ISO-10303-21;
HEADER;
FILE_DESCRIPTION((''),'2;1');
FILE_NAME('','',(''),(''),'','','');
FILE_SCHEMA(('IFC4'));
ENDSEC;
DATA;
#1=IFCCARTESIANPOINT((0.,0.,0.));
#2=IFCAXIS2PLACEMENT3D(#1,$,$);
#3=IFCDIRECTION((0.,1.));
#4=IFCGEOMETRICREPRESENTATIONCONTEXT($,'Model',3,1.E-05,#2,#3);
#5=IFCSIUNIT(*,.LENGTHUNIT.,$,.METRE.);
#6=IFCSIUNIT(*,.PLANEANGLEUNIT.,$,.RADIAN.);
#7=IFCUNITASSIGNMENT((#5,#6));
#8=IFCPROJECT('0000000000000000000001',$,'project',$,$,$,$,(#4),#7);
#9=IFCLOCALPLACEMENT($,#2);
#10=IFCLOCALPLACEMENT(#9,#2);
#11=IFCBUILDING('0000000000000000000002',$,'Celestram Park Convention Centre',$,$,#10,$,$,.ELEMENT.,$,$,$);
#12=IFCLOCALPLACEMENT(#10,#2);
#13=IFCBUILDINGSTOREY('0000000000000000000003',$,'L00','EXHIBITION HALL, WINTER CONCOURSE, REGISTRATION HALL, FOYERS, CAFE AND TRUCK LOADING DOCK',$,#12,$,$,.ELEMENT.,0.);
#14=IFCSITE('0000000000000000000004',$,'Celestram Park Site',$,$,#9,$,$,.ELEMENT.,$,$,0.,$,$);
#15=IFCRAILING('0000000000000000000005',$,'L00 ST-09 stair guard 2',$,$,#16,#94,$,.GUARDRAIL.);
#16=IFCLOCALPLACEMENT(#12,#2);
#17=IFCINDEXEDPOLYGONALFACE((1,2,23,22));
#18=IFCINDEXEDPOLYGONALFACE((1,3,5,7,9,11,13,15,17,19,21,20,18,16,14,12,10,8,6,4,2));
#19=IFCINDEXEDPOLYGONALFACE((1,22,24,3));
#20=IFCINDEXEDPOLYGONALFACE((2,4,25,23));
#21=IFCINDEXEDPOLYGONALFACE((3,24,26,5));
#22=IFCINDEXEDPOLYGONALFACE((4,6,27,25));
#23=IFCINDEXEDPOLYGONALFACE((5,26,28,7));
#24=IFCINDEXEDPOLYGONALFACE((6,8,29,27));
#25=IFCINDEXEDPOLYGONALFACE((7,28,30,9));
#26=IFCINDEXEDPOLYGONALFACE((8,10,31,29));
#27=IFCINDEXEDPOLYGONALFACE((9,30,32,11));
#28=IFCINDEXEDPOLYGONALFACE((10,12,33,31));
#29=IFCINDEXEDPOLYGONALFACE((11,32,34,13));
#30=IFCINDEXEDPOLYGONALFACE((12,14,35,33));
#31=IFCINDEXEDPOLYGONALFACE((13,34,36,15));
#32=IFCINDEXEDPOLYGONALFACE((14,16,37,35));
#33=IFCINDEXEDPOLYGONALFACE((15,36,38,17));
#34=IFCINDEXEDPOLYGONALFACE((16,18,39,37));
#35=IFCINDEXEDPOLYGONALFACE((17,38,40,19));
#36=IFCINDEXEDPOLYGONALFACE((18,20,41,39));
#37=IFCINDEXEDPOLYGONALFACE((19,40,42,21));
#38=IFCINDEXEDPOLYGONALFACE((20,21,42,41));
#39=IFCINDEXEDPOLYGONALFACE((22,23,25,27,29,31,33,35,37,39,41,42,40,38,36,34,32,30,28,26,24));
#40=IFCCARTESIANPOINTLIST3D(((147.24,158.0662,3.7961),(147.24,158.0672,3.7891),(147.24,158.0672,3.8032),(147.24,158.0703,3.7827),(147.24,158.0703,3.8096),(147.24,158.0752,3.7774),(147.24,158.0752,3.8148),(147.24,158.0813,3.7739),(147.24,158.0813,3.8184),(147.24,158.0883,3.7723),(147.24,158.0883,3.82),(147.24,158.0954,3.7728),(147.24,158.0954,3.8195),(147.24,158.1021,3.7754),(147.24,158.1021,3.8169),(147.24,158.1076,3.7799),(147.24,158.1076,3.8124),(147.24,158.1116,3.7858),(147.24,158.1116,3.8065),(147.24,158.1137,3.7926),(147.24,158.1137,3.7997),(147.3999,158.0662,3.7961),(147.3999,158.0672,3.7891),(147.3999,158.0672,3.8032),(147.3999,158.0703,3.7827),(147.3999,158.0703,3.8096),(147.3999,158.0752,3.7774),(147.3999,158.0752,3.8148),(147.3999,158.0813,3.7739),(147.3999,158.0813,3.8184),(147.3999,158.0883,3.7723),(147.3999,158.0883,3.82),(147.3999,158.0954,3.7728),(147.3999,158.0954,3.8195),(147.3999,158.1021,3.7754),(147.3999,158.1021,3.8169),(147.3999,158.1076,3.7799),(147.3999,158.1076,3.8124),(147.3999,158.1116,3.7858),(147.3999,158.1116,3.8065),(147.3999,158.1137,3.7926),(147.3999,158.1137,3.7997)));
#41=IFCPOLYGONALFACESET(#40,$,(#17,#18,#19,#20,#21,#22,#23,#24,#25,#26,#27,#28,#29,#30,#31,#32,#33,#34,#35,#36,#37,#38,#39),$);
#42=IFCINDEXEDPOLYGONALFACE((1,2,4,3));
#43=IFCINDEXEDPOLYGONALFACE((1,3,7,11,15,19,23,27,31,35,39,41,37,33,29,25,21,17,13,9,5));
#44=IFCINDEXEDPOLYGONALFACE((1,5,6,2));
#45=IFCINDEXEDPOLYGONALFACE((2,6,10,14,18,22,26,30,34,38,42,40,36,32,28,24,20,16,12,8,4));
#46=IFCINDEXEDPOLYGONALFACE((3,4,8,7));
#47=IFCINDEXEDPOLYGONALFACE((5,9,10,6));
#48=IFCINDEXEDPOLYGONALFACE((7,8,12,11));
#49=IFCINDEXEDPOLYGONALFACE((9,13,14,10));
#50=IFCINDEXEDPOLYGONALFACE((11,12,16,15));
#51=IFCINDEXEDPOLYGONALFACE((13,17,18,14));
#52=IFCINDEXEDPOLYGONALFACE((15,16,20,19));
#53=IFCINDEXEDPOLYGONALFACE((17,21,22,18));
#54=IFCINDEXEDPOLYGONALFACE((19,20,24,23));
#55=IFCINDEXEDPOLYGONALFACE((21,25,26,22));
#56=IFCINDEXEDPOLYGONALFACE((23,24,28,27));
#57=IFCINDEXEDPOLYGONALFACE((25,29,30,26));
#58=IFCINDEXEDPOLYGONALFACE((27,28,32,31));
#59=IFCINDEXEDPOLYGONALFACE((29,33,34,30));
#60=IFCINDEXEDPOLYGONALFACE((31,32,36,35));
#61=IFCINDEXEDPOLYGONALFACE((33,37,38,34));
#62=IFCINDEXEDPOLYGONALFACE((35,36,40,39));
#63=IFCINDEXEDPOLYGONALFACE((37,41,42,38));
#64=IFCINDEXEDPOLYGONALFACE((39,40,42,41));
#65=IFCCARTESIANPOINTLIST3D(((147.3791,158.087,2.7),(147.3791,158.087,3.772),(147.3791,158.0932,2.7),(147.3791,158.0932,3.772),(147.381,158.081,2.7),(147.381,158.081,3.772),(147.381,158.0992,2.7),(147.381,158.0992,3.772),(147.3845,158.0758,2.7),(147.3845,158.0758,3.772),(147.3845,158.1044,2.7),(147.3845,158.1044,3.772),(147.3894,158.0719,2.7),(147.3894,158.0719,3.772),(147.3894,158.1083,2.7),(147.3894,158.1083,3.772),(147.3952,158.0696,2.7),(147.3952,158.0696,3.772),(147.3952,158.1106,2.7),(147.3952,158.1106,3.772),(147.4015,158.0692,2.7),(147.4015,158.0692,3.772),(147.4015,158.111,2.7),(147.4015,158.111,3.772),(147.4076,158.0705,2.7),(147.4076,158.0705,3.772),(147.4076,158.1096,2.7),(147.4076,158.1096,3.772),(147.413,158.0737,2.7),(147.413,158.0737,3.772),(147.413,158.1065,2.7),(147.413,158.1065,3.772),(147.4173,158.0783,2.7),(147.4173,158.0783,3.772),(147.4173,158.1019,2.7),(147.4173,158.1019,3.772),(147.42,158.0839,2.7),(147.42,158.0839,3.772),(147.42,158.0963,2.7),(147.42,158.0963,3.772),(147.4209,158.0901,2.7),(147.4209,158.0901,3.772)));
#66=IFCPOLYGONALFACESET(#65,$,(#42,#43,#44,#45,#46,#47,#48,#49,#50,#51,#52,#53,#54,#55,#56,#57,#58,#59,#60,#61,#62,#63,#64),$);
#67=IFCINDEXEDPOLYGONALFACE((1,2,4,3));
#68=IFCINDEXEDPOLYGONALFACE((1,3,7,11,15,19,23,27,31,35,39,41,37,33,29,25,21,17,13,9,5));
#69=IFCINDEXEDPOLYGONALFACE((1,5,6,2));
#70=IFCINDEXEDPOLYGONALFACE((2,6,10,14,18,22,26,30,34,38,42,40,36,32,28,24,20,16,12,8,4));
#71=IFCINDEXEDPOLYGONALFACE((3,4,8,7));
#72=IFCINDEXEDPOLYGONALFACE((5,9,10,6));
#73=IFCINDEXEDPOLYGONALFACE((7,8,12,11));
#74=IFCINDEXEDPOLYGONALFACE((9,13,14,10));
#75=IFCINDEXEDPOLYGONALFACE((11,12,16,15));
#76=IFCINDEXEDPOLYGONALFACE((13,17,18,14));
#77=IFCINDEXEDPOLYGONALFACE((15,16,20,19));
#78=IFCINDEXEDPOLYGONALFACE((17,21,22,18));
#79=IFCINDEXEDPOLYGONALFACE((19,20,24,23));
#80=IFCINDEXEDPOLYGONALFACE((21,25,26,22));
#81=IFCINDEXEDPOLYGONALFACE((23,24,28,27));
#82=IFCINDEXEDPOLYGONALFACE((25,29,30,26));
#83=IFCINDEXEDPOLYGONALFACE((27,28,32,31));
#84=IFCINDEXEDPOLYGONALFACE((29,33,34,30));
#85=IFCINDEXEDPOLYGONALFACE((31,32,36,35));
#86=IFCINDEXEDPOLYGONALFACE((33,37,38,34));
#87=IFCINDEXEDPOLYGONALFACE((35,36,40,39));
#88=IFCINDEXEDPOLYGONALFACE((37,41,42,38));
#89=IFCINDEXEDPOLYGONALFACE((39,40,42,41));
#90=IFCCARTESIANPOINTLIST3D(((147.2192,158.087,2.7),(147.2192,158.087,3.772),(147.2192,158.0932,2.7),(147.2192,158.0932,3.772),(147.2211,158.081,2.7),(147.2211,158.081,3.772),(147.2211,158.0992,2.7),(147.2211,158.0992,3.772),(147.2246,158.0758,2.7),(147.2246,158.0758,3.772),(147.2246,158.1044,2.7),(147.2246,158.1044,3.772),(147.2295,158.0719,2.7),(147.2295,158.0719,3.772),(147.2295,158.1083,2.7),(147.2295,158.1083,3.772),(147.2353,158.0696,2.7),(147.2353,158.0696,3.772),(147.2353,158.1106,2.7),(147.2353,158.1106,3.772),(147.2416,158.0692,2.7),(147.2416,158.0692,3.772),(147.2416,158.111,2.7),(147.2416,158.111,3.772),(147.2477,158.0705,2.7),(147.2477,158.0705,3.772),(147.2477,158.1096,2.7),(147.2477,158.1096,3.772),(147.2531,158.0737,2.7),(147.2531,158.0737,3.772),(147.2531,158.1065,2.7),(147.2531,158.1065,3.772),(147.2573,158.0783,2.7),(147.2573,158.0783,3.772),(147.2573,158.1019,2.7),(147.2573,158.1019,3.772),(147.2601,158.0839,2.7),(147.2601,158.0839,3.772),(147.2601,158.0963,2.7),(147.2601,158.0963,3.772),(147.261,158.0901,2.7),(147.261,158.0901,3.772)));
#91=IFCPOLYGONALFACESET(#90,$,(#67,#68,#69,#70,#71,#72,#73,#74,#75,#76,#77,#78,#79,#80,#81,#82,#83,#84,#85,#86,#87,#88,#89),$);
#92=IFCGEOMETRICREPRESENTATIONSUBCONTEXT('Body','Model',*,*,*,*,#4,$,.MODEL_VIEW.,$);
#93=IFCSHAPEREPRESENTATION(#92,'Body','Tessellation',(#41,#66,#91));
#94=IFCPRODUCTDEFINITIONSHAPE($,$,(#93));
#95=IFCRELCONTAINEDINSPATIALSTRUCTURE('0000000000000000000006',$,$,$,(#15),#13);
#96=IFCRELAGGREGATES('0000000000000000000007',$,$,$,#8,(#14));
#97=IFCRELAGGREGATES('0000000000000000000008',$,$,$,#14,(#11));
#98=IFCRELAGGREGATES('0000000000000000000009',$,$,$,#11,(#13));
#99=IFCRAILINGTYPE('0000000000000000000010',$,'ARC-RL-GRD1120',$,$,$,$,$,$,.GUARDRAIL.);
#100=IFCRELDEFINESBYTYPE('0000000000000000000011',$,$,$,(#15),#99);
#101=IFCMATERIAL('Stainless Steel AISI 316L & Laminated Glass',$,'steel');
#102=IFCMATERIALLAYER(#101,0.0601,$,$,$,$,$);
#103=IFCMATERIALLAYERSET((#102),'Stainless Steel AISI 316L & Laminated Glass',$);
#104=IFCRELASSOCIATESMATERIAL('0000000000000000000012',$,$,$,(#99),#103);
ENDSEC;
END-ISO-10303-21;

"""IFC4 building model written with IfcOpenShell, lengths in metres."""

from ifc_helpers import new_model, si_unit, direction, frame, origin, origin_2d, place, context, subcontext, project, spatial, circle, extrude, material, layer, layer_set, type_object, element, save


model = new_model("IFC4")

# Units and contexts
model_context = context("Model", 3, precision=1e-05, world=origin(), true_north=direction((0.0, 1.0)))
body_context = subcontext(model_context, "Body", "Model", "MODEL_VIEW")
ifc_project = project(units=[si_unit("LENGTHUNIT", "METRE"), si_unit("PLANEANGLEUNIT", "RADIAN")], contexts=[model_context])

# Site, building, storey
site_placement = place(None, origin())
site = spatial("IfcSite", under=ifc_project, at=site_placement, Name="Celestram Park Site", CompositionType="ELEMENT", RefElevation=0.0)
building_placement = place(site_placement, origin())
building = spatial("IfcBuilding", under=site, at=building_placement, Name="Celestram Park Convention Centre", CompositionType="ELEMENT")
storey_placement = place(building_placement, origin())
storey = spatial("IfcBuildingStorey", under=building, at=storey_placement, Name="L00", Description="EXHIBITION HALL, WINTER CONCOURSE, REGISTRATION HALL, FOYERS, CAFE AND TRUCK LOADING DOCK", CompositionType="ELEMENT", Elevation=0.0)

# Railing
ifc_material_1 = material(Name="Stainless Steel AISI 316L & Laminated Glass", Category="steel")
ifc_layer_1 = layer(ifc_material_1, 0.0601)
ifc_layer_set_1 = layer_set([ifc_layer_1], Name="Stainless Steel AISI 316L & Laminated Glass")
railing_type_1 = type_object("IfcRailingType", Name="ARC-RL-GRD1120", PredefinedType="GUARDRAIL", material=ifc_layer_set_1)
railing_1_placement = place(storey_placement, frame((147.3999, 158.0901, 2.7)))
element("IfcRailing", 1, at=railing_1_placement, inside=storey, type_object=railing_type_1, Name="L00 ST-09 stair guard 2", PredefinedType="GUARDRAIL", context=body_context, shape_type="SweptSolid", body=[
    extrude(circle(Radius=0.0239, at=origin_2d()), frame((0.0, 0.0, 1.0962), z_axis=(-1.0, 0.0, 0.0), x_axis=(0.0, -1.0, 0.0)), (0.0, 0.0, 1.0), 0.1599),
    extrude(circle(Radius=0.021, at=origin_2d()), origin(), (0.0, 0.0, 1.0), 1.072),
    extrude(circle(Radius=0.021, at=origin_2d()), frame((-0.1599, 0.0, 0.0)), (0.0, 0.0, 1.0), 1.072),
])

save(model, "model.ifc")
